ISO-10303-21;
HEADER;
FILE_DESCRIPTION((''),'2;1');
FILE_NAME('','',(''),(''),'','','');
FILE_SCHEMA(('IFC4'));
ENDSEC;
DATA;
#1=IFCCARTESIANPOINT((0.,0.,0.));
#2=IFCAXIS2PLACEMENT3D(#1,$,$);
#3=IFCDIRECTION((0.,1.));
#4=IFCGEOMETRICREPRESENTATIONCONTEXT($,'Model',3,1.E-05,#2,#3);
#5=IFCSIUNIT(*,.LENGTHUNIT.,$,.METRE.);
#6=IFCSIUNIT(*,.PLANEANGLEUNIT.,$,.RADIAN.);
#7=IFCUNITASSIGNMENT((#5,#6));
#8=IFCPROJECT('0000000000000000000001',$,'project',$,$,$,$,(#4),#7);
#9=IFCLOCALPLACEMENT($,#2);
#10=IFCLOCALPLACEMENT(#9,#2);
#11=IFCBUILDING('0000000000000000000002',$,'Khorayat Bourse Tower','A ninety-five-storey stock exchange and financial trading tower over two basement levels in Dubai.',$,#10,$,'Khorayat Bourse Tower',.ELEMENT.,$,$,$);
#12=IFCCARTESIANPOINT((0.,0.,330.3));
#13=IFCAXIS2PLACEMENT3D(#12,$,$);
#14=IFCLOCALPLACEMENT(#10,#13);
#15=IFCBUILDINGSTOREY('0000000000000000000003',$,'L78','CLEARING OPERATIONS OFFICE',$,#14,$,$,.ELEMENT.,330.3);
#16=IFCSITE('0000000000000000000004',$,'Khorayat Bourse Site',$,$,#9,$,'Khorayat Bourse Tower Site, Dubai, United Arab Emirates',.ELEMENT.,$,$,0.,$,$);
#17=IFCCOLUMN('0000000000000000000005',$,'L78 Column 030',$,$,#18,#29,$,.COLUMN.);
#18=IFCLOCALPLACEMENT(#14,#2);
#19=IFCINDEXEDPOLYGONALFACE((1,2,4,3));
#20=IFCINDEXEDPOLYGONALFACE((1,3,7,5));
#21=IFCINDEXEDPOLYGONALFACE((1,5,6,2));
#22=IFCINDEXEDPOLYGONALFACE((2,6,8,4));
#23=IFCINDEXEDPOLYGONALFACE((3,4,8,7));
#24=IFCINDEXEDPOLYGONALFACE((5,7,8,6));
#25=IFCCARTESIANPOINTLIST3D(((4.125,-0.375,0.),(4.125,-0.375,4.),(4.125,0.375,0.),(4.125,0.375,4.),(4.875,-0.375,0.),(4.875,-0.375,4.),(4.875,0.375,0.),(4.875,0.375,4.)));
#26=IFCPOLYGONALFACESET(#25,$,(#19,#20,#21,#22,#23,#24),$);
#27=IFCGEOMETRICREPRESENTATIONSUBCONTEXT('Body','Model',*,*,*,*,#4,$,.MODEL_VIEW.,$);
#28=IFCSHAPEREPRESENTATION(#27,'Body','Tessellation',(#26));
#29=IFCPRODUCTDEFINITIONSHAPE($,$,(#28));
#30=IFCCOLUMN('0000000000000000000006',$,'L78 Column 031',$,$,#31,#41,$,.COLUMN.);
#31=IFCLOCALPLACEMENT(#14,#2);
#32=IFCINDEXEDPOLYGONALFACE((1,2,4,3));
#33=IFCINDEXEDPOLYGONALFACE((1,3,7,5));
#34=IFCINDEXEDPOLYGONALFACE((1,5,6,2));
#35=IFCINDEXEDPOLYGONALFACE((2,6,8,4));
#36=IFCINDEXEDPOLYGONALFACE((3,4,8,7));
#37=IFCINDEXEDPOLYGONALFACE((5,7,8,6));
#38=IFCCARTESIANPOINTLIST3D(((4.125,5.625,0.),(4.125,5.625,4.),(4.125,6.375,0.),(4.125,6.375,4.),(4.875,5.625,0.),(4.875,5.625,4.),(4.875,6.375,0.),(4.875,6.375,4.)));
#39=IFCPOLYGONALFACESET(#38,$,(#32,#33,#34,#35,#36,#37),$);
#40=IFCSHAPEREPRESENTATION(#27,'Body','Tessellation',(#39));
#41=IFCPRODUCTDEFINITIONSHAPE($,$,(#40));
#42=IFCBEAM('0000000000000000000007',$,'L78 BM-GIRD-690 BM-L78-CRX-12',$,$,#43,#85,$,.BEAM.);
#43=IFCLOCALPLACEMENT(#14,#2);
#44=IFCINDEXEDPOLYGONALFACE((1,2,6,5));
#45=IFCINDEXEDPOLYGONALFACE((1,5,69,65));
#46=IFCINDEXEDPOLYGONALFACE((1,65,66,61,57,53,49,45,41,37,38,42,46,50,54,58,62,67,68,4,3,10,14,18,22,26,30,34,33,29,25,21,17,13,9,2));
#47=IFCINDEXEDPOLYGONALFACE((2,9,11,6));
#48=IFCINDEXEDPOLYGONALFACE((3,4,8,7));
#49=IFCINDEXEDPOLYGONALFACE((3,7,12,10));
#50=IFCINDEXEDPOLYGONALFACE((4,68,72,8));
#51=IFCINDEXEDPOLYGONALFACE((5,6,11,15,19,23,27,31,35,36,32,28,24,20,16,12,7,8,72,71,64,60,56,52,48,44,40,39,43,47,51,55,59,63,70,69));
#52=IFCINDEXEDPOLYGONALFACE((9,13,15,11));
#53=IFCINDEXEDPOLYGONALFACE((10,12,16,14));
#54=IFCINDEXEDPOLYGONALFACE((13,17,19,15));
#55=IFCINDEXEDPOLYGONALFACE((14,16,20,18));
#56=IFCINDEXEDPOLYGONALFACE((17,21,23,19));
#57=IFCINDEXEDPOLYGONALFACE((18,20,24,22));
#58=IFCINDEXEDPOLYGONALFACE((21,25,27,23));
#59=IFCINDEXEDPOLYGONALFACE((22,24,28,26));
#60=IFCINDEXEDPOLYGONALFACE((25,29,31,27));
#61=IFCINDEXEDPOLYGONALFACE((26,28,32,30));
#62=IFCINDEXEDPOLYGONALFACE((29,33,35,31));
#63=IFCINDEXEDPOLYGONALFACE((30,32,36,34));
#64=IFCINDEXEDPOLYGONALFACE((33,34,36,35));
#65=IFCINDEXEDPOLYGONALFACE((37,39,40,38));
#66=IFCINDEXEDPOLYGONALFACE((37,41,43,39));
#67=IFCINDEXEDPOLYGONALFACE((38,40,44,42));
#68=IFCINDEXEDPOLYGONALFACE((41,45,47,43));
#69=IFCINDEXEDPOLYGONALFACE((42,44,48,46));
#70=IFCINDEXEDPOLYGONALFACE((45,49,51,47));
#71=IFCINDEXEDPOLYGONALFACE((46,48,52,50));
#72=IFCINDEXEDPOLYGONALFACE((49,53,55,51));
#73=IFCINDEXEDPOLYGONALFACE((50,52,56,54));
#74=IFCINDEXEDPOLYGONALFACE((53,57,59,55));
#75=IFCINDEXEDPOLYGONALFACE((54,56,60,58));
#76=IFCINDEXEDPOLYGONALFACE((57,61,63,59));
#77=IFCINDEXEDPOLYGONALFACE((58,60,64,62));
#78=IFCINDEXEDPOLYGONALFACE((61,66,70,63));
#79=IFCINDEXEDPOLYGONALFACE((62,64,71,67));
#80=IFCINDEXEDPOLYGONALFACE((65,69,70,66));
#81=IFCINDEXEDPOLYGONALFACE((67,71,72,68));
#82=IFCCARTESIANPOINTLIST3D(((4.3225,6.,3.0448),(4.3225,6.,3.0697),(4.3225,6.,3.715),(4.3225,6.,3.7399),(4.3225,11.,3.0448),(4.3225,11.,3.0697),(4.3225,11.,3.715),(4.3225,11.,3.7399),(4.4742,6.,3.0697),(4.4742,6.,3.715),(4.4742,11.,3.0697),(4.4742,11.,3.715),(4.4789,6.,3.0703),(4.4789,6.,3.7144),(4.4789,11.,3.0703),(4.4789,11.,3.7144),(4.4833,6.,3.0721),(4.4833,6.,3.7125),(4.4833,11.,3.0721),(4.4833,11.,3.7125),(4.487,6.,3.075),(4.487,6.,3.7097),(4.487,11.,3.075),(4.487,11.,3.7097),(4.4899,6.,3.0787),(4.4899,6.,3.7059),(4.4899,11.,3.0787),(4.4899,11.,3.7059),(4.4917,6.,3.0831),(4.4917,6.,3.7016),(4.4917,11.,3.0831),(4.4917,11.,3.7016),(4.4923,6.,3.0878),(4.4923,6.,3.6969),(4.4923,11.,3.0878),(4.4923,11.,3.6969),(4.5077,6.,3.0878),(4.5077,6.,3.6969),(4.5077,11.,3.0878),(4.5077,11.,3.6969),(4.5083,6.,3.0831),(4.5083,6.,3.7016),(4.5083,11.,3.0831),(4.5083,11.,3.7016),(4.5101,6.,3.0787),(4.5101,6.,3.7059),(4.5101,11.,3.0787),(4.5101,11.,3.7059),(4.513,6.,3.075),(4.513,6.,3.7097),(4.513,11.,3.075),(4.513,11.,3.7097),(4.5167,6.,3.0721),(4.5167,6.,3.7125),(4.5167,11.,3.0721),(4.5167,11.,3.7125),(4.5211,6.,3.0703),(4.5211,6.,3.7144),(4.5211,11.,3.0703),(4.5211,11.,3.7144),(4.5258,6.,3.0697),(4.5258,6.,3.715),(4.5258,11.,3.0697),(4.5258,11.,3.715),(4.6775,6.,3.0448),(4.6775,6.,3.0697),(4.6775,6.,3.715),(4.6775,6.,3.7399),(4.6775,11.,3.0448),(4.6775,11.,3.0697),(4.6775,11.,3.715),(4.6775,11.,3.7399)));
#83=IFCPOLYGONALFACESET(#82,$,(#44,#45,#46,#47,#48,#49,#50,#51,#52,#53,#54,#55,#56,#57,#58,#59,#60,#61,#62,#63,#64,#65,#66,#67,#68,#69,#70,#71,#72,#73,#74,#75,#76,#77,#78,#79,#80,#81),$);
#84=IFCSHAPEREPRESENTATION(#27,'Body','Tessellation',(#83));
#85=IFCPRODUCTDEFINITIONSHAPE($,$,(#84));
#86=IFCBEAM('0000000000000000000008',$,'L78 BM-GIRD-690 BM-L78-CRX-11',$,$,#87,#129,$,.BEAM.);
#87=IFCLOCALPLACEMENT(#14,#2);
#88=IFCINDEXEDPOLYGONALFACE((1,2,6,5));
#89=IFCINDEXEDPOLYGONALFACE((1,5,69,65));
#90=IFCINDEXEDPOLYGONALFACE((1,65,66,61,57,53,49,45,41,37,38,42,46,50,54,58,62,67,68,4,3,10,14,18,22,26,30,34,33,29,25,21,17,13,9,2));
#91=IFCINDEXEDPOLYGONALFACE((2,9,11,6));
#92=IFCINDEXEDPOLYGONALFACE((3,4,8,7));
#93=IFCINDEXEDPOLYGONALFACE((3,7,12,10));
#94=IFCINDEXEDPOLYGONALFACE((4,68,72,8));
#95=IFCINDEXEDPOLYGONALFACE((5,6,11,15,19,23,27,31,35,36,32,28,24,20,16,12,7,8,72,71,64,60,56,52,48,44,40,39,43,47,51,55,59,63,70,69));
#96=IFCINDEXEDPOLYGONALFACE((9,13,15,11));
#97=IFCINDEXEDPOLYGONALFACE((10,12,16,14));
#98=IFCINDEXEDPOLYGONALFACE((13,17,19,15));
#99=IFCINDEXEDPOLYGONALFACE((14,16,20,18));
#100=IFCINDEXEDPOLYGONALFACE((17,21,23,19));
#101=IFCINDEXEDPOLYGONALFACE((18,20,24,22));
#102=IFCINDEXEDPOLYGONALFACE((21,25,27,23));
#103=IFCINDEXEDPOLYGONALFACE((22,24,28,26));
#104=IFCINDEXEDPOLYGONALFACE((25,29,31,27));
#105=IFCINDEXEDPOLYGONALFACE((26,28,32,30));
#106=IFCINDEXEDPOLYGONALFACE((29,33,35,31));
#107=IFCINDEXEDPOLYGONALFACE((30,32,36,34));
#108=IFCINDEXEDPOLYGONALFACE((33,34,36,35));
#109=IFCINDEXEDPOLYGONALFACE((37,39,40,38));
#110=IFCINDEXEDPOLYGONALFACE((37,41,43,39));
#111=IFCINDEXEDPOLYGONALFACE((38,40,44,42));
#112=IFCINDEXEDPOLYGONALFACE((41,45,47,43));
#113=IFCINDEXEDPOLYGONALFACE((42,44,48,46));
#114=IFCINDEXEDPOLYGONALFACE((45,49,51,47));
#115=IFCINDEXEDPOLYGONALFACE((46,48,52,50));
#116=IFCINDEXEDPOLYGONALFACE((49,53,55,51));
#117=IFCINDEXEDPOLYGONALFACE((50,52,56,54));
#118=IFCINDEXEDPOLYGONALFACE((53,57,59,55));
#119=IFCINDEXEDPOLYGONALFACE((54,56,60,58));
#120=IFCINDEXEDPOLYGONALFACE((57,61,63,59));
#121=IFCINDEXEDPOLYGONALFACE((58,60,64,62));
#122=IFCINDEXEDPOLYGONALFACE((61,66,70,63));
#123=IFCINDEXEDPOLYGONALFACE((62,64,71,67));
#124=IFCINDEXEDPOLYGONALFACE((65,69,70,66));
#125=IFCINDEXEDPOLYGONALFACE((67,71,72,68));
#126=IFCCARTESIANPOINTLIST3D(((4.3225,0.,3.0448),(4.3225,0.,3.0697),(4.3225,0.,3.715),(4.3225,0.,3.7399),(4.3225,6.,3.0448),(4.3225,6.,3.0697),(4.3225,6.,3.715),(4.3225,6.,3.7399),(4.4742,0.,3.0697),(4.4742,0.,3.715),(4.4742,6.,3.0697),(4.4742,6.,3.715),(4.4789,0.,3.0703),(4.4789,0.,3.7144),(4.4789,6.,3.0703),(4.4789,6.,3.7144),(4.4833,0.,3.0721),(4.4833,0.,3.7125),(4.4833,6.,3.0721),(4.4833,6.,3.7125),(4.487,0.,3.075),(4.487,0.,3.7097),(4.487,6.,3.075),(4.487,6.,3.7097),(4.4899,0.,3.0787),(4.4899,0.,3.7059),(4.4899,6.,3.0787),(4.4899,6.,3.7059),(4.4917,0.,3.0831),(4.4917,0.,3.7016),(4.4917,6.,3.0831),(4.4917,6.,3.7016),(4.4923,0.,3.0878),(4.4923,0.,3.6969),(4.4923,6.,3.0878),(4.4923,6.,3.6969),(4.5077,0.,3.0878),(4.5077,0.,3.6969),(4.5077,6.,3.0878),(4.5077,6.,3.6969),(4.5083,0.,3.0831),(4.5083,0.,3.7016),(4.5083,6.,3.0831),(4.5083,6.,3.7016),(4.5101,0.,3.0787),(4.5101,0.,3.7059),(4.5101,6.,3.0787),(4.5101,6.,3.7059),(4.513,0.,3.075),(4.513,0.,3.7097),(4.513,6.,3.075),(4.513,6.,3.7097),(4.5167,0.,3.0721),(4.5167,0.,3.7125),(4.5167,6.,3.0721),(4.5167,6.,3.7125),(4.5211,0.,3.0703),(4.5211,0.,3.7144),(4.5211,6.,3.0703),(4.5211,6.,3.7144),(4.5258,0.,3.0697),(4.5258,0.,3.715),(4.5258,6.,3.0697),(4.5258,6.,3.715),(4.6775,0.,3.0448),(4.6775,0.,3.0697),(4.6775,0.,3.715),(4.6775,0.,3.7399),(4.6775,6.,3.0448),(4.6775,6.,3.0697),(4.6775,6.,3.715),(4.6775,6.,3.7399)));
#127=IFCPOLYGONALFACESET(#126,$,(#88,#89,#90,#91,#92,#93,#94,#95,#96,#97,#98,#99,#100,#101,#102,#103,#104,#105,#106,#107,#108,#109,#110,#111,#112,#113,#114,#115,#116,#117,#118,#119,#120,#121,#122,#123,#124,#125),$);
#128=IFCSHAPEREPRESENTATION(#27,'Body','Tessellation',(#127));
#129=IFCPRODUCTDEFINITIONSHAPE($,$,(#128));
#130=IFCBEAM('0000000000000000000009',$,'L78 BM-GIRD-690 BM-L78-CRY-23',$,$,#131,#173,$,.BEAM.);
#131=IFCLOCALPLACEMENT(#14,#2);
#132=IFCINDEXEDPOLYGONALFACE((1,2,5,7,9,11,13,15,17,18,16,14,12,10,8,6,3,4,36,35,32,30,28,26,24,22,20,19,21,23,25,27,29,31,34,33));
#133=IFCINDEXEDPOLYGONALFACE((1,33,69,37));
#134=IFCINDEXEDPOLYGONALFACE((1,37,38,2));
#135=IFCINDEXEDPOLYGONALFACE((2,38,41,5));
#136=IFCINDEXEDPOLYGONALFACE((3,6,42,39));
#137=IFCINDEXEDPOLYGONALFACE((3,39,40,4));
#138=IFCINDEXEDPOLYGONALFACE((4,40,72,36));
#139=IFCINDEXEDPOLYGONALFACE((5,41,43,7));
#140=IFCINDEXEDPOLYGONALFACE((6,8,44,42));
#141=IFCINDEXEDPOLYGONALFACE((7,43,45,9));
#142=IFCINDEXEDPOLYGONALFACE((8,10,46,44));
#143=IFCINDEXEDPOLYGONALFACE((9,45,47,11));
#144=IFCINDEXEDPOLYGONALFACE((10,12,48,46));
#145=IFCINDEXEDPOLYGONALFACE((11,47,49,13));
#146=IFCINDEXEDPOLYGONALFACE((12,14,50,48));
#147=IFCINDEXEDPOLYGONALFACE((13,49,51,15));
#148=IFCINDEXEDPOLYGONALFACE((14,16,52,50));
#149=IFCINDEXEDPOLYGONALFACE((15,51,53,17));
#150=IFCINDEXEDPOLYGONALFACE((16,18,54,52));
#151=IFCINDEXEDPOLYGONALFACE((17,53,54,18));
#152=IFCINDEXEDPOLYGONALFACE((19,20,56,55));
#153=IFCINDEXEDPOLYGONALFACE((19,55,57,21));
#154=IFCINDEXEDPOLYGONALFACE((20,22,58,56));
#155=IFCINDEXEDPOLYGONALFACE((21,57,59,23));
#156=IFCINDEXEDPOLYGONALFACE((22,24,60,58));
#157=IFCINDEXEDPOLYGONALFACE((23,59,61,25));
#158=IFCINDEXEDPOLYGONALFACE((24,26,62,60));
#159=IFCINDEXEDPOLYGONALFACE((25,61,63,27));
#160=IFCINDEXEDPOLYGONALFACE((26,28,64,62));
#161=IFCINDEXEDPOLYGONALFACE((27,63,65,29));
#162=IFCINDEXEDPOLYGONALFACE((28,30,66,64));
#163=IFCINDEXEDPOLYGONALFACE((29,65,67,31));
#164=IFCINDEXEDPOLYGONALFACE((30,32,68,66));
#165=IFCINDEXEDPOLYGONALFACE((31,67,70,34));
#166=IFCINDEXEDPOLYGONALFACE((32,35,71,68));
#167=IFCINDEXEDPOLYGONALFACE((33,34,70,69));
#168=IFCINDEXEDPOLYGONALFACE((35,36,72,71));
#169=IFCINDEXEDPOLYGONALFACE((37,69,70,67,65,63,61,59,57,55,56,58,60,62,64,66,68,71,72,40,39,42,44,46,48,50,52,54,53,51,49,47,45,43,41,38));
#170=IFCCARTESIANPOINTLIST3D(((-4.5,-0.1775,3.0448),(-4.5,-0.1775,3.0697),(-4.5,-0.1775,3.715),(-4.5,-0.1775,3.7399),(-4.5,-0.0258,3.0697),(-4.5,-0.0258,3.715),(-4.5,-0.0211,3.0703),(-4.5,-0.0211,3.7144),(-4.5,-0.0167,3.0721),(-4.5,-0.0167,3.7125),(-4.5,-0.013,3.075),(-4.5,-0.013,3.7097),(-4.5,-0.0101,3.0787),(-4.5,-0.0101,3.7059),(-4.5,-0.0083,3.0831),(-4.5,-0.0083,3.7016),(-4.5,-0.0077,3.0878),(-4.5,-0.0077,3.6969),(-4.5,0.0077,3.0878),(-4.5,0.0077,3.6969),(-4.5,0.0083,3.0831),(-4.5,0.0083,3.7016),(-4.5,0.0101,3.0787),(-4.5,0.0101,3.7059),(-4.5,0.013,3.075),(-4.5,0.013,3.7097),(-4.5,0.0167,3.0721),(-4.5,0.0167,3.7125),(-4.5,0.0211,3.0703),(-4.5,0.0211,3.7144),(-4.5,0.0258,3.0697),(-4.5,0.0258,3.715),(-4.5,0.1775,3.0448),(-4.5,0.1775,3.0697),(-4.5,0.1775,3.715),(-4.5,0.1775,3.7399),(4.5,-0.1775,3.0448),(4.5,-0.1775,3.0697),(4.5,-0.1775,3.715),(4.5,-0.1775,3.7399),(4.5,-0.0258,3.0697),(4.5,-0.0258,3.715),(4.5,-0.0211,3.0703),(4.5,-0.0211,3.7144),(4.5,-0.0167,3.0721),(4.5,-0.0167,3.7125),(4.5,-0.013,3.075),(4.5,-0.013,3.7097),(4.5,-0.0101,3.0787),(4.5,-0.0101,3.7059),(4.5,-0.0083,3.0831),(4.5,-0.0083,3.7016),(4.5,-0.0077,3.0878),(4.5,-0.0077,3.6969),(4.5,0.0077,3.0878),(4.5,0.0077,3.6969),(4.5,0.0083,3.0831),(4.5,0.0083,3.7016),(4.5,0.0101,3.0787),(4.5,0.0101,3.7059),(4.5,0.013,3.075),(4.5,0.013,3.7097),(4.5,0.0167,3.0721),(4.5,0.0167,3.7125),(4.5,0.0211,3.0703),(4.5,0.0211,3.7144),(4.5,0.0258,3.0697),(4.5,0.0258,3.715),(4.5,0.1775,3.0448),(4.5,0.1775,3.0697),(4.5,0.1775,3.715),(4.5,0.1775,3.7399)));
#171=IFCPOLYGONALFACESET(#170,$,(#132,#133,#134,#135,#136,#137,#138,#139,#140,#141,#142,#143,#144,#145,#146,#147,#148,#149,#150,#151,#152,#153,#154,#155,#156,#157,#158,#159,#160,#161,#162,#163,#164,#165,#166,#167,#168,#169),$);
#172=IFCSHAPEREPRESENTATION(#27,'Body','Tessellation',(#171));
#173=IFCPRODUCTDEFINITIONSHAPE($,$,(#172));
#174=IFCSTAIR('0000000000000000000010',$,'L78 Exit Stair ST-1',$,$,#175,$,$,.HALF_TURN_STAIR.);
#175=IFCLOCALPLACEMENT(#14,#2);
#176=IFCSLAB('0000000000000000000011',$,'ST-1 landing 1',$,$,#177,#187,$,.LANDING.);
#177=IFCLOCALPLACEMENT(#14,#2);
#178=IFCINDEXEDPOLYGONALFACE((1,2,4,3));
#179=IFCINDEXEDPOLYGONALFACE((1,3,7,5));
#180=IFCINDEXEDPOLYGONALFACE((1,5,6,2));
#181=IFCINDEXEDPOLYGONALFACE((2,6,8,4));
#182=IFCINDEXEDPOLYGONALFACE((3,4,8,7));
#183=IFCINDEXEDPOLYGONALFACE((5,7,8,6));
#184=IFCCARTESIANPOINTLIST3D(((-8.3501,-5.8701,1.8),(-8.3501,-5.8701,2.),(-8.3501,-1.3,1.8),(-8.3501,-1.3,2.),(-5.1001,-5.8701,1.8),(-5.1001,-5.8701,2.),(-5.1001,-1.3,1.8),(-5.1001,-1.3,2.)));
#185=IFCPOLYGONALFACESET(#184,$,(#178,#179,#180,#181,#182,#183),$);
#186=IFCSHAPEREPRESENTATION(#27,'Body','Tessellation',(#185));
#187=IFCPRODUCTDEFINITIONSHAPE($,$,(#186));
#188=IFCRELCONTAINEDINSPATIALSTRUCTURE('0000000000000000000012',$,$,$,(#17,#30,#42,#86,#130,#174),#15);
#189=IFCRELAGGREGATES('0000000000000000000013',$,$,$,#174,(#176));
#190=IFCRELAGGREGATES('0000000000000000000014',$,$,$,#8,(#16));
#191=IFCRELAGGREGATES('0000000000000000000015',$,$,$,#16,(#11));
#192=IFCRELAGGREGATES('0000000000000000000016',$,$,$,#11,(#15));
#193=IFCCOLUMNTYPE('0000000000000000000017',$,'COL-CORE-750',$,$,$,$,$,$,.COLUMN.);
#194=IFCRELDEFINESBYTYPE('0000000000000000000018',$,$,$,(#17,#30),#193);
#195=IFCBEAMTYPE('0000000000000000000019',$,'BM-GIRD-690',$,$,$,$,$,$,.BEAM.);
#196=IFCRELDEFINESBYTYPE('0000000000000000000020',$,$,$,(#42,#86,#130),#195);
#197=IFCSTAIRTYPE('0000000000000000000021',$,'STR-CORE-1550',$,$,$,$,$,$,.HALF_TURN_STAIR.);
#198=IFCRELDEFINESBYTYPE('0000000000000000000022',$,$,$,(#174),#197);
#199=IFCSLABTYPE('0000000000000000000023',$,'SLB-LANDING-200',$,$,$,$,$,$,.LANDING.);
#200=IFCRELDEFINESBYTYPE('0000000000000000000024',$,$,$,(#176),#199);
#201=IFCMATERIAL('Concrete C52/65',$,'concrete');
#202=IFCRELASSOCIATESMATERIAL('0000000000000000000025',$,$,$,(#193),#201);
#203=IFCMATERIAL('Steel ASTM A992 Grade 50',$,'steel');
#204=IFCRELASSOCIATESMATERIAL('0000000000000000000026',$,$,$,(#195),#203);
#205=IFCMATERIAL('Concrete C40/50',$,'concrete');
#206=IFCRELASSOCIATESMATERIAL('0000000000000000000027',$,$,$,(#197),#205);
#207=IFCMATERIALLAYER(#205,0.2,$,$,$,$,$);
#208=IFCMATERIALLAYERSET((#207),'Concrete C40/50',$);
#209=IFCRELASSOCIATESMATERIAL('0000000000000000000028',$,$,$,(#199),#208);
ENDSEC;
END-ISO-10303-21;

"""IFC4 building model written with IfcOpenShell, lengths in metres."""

from ifc_helpers import new_model, si_unit, direction, frame, origin, origin_2d, place, context, subcontext, project, spatial, polyline, rectangle, i_section, outline, extrude, source, transform, mapped, material, layer, layer_set, material_profile, profile_set, type_object, element, aggregate, save


model = new_model("IFC4")

# Units and contexts
model_context = context("Model", 3, precision=1e-05, world=origin(), true_north=direction((0.0, 1.0)))
body_context = subcontext(model_context, "Body", "Model", "MODEL_VIEW")
ifc_project = project(units=[si_unit("LENGTHUNIT", "METRE"), si_unit("PLANEANGLEUNIT", "RADIAN")], contexts=[model_context])

# Site, building, storey
site_placement = place(None, origin())
site = spatial("IfcSite", under=ifc_project, at=site_placement, Name="Khorayat Bourse Site", LongName="Khorayat Bourse Tower Site, Dubai, United Arab Emirates", CompositionType="ELEMENT", RefElevation=0.0)
building_placement = place(site_placement, origin())
building = spatial("IfcBuilding", under=site, at=building_placement, Name="Khorayat Bourse Tower", Description="A ninety-five-storey stock exchange and financial trading tower over two basement levels in Dubai.", LongName="Khorayat Bourse Tower", CompositionType="ELEMENT")
storey_placement = place(building_placement, frame((0.0, 0.0, 330.3)))
storey = spatial("IfcBuildingStorey", under=building, at=storey_placement, Name="L78", Description="CLEARING OPERATIONS OFFICE", CompositionType="ELEMENT", Elevation=330.3)

# Columns
ifc_material_1 = material(Name="Concrete C52/65", Category="concrete")
ifc_material_profile_1 = material_profile(ifc_material_1, rectangle(XDim=0.75, YDim=0.75, at=origin_2d()), Name="RC 750x750")
ifc_profile_set_1 = profile_set([ifc_material_profile_1], Name="Concrete C52/65")
column_type = type_object("IfcColumnType", Name="COL-CORE-750", PredefinedType="COLUMN", material=ifc_profile_set_1)
shared_shape_1 = source(origin(), body_context, "Body", "SweptSolid", [
    extrude(rectangle(XDim=0.75, YDim=0.75, at=origin_2d()), origin(), (0.0, 0.0, 1.0), 4.0),
])
for number, where, z_axis, x_axis, name in (
    (1, (4.5, 0.0, 0.0), (0.0, 0.0, 1.0), (1.0, 0.0, 0.0), "L78 Column 030"),
    (2, (4.5, 6.0, 0.0), (0.0, 0.0, 1.0), (1.0, 0.0, 0.0), "L78 Column 031"),
):
    element("IfcColumn", number, at=place(storey_placement, frame(where, z_axis=z_axis, x_axis=x_axis)), inside=storey, type_object=column_type, Name=name, PredefinedType="COLUMN", context=body_context, shape_type="MappedRepresentation", body=[
        mapped(shared_shape_1, transform((0.0, 0.0, 0.0), scale=1.0)),
    ])

# Beams
ifc_material_2 = material(Name="Steel ASTM A992 Grade 50", Category="steel")
ifc_material_profile_2 = material_profile(ifc_material_2, i_section(OverallWidth=0.355, OverallDepth=0.6951, WebThickness=0.0154, FlangeThickness=0.0249, FilletRadius=0.0181, at=origin_2d()), Name="W690X217")
ifc_profile_set_2 = profile_set([ifc_material_profile_2], Name="Steel ASTM A992 Grade 50")
beam_type = type_object("IfcBeamType", Name="BM-GIRD-690", PredefinedType="BEAM", material=ifc_profile_set_2)
shared_shape_2 = source(origin(), body_context, "Body", "SweptSolid", [
    extrude(i_section(OverallWidth=0.355, OverallDepth=0.6951, WebThickness=0.0154, FlangeThickness=0.0249, FilletRadius=0.0181, at=origin_2d()), origin(), (0.0, 0.0, 1.0), 5.0),
])
beam_1_placement = place(storey_placement, frame((4.5, 6.0, 3.3923), z_axis=(0.0, 1.0, 0.0), x_axis=(-1.0, 0.0, 0.0)))
element("IfcBeam", 3, at=beam_1_placement, inside=storey, type_object=beam_type, Name="L78 BM-GIRD-690 BM-L78-CRX-12", PredefinedType="BEAM", context=body_context, shape_type="MappedRepresentation", body=[
    mapped(shared_shape_2, transform((0.0, 0.0, 0.0), scale=1.0)),
])
shared_shape_3 = source(origin(), body_context, "Body", "SweptSolid", [
    extrude(i_section(OverallWidth=0.355, OverallDepth=0.6951, WebThickness=0.0154, FlangeThickness=0.0249, FilletRadius=0.0181, at=origin_2d()), origin(), (0.0, 0.0, 1.0), 6.0),
])
beam_2_placement = place(storey_placement, frame((4.5, 0.0, 3.3923), z_axis=(0.0, 1.0, 0.0), x_axis=(-1.0, 0.0, 0.0)))
element("IfcBeam", 4, at=beam_2_placement, inside=storey, type_object=beam_type, Name="L78 BM-GIRD-690 BM-L78-CRX-11", PredefinedType="BEAM", context=body_context, shape_type="MappedRepresentation", body=[
    mapped(shared_shape_3, transform((0.0, 0.0, 0.0), scale=1.0)),
])
shared_shape_4 = source(origin(), body_context, "Body", "SweptSolid", [
    extrude(i_section(OverallWidth=0.355, OverallDepth=0.6951, WebThickness=0.0154, FlangeThickness=0.0249, FilletRadius=0.0181, at=origin_2d()), origin(), (0.0, 0.0, 1.0), 9.0),
])
beam_3_placement = place(storey_placement, frame((-4.5, 0.0, 3.3923), z_axis=(1.0, 0.0, 0.0), x_axis=(0.0, 1.0, 0.0)))
element("IfcBeam", 5, at=beam_3_placement, inside=storey, type_object=beam_type, Name="L78 BM-GIRD-690 BM-L78-CRY-23", PredefinedType="BEAM", context=body_context, shape_type="MappedRepresentation", body=[
    mapped(shared_shape_4, transform((0.0, 0.0, 0.0), scale=1.0)),
])

# Stair, slab
ifc_material_3 = material(Name="Concrete C40/50", Category="concrete")
stair_type = type_object("IfcStairType", Name="STR-CORE-1550", PredefinedType="HALF_TURN_STAIR", material=ifc_material_3)
stair_1_placement = place(storey_placement, origin())
stair_1 = element("IfcStair", 6, at=stair_1_placement, inside=storey, type_object=stair_type, Name="L78 Exit Stair ST-1", PredefinedType="HALF_TURN_STAIR")
ifc_layer_1 = layer(ifc_material_3, 0.2)
ifc_layer_set_1 = layer_set([ifc_layer_1], Name="Concrete C40/50")
slab_type_1 = type_object("IfcSlabType", Name="SLB-LANDING-200", PredefinedType="LANDING", material=ifc_layer_set_1)
slab_1_placement = place(storey_placement, frame((0.0, 0.0, 1.8)))
slab_1 = element("IfcSlab", 7, at=slab_1_placement, type_object=slab_type_1, Name="ST-1 landing 1", PredefinedType="LANDING", context=body_context, shape_type="SweptSolid", body=[
    extrude(outline(polyline([(-5.1001, -5.8701), (-5.1001, -1.3), (-8.3501, -1.3), (-8.3501, -5.8701), (-5.1001, -5.8701)])), origin(), (0.0, 0.0, 1.0), 0.2),
])
aggregate(stair_1, [slab_1])

save(model, "model.ifc")
